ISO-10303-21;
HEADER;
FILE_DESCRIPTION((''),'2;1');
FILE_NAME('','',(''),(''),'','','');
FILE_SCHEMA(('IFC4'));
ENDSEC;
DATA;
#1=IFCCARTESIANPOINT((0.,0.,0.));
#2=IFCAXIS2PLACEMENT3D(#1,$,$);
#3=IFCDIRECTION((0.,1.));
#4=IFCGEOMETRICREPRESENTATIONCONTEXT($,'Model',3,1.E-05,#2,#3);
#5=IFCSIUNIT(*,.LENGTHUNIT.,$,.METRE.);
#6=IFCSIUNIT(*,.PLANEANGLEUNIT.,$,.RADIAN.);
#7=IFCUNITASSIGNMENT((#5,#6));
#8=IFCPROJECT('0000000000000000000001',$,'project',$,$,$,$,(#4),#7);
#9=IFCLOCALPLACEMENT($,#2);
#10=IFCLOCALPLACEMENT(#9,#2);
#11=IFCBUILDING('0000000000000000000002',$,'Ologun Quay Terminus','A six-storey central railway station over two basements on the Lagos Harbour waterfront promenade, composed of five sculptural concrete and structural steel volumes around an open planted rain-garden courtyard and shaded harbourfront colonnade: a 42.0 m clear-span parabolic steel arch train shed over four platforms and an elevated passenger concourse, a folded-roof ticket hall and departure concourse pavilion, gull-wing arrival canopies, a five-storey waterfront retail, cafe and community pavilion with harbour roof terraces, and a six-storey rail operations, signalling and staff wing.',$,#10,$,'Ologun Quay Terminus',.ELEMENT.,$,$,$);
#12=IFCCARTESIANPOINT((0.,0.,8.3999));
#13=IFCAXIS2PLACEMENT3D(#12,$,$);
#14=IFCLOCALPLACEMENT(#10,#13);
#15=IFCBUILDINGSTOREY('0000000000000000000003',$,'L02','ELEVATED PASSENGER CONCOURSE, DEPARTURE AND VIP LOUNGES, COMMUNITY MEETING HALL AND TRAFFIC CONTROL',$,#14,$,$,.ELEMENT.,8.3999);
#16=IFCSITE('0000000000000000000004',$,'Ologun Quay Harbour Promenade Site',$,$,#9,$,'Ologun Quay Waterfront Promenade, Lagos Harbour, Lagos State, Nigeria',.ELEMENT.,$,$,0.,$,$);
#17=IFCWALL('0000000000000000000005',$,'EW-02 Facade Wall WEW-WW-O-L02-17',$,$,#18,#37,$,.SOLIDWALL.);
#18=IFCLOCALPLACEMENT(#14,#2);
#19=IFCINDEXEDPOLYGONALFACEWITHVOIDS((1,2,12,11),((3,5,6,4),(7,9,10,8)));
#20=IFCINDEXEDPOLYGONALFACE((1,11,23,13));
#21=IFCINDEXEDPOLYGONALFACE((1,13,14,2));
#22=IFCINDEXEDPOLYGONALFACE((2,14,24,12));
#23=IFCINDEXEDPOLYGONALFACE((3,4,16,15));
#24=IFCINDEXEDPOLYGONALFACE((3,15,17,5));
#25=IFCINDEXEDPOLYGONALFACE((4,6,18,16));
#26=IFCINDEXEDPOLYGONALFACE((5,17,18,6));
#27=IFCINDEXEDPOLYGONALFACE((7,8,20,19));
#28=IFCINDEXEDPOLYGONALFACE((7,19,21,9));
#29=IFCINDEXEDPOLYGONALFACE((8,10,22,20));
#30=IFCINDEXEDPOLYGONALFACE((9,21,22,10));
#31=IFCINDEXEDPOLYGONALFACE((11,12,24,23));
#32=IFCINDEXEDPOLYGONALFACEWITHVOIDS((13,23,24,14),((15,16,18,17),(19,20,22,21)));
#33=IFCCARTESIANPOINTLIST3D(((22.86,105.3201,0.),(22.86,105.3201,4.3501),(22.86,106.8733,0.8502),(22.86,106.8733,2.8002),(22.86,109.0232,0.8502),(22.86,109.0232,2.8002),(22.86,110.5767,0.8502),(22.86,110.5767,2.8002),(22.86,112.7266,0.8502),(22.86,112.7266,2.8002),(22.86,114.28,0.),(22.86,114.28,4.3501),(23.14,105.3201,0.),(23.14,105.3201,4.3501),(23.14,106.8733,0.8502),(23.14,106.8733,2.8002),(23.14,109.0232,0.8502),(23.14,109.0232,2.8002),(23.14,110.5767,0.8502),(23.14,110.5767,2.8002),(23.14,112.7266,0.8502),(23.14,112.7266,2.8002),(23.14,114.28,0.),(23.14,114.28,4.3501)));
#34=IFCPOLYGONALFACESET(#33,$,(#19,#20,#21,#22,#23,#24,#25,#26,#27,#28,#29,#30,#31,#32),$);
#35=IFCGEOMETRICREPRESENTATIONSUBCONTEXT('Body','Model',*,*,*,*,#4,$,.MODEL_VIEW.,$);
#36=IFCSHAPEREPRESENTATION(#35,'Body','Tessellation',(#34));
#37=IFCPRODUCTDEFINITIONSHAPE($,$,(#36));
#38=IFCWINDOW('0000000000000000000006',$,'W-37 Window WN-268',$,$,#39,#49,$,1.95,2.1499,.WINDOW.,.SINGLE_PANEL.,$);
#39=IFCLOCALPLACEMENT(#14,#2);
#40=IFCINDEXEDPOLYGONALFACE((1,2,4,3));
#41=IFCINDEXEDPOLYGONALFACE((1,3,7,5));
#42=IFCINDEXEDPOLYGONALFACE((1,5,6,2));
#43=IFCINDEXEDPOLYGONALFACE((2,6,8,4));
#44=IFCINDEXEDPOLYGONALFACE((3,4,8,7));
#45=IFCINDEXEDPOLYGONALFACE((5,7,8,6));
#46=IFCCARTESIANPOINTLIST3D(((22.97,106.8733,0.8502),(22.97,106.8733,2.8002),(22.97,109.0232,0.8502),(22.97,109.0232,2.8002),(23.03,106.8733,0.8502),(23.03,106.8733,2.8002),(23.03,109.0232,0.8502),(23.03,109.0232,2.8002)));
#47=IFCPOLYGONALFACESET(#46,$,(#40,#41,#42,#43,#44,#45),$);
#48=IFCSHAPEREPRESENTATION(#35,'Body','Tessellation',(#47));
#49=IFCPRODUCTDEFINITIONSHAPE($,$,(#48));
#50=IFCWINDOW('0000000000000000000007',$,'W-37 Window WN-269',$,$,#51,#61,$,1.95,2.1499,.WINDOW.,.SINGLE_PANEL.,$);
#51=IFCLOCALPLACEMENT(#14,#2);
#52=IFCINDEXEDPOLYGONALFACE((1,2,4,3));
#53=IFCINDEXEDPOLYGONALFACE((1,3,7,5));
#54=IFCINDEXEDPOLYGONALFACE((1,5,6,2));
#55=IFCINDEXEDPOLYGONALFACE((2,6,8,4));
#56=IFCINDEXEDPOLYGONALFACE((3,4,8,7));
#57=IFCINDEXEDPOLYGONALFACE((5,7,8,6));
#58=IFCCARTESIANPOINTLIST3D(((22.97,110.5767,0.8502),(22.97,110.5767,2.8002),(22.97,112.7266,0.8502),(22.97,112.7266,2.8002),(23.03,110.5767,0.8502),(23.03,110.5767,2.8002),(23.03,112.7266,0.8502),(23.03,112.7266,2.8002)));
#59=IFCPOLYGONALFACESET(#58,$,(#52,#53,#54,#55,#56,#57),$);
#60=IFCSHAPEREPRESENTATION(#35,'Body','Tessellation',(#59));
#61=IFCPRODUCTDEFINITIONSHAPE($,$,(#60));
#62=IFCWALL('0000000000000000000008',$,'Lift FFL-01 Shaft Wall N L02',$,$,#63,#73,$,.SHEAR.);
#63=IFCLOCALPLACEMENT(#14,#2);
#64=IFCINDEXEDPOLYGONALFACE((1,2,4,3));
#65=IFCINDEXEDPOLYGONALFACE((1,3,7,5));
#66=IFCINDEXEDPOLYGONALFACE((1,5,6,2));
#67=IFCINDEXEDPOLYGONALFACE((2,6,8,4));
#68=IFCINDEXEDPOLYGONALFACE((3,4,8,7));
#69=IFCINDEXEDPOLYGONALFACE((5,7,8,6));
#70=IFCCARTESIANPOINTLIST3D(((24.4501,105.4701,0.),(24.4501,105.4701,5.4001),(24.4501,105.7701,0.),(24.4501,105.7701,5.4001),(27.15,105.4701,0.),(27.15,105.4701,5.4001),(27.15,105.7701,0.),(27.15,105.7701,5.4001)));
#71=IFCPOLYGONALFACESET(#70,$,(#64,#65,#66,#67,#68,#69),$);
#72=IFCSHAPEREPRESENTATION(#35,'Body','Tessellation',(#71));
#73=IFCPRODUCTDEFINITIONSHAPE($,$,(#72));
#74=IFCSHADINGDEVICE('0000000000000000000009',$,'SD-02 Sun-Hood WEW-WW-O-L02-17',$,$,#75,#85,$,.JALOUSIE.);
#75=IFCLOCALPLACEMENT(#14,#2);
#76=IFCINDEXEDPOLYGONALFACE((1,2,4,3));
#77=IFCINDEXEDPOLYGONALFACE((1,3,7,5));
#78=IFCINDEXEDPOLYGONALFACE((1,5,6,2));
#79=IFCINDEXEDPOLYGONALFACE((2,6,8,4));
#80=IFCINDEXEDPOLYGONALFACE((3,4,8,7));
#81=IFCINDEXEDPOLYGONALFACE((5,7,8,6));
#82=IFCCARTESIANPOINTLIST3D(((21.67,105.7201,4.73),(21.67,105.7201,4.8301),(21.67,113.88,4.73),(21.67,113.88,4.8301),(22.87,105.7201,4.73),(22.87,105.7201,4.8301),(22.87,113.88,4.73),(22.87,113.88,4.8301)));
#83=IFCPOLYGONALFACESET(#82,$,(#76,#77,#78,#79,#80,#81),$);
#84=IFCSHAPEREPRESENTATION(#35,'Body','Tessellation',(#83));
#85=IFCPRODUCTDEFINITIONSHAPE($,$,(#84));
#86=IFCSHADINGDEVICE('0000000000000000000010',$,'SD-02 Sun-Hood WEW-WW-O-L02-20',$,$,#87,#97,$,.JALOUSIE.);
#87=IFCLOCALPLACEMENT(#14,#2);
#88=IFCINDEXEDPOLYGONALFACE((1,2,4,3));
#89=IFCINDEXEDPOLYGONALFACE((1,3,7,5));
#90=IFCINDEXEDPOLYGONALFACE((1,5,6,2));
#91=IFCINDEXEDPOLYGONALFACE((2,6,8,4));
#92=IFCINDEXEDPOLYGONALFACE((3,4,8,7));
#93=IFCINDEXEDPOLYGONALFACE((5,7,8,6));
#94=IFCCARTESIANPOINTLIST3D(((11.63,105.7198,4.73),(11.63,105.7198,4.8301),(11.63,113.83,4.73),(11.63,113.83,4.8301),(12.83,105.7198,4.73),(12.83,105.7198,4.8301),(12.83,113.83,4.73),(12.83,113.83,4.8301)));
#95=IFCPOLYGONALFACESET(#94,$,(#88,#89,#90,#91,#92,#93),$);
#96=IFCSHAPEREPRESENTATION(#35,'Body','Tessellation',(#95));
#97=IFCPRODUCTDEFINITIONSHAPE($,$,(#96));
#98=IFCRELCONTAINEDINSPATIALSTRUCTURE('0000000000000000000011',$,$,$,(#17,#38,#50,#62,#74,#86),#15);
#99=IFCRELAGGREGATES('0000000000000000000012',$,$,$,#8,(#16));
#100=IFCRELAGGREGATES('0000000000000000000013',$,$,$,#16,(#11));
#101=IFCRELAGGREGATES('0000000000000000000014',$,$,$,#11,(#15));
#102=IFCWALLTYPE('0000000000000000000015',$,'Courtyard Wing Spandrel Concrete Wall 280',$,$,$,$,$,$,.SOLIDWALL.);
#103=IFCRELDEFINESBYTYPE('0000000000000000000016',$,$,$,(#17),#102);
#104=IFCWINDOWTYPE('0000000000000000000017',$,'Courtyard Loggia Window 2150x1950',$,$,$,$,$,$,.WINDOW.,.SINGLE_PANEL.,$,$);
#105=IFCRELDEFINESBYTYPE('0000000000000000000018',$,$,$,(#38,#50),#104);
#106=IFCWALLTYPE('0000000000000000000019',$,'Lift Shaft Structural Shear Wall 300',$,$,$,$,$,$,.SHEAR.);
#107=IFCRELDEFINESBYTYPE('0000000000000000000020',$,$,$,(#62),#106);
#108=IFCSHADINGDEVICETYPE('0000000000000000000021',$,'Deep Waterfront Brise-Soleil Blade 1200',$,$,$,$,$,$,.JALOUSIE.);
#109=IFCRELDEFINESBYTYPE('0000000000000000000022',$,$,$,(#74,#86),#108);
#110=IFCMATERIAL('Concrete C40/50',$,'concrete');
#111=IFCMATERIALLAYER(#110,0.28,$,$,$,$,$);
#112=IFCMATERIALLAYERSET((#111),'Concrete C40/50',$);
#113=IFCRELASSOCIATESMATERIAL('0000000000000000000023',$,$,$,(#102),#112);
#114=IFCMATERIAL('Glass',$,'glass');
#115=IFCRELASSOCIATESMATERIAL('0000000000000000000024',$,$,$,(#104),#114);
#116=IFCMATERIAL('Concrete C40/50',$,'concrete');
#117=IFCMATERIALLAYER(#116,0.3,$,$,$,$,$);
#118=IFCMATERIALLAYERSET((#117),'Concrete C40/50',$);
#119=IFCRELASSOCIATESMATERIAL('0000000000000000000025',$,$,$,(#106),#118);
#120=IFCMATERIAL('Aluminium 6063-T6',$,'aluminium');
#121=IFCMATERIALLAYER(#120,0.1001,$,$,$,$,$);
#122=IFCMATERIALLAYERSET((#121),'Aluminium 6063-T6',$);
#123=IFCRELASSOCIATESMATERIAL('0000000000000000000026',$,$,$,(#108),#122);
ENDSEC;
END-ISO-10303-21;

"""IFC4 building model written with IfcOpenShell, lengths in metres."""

from ifc_helpers import new_model, si_unit, direction, frame, frame_2d, origin, origin_2d, place, context, subcontext, project, spatial, rectangle, extrude, material, layer, layer_set, type_object, element, fill, save


model = new_model("IFC4")

# Units and contexts
model_context = context("Model", 3, precision=1e-05, world=origin(), true_north=direction((0.0, 1.0)))
body_context = subcontext(model_context, "Body", "Model", "MODEL_VIEW")
ifc_project = project(units=[si_unit("LENGTHUNIT", "METRE"), si_unit("PLANEANGLEUNIT", "RADIAN")], contexts=[model_context])

# Site, building, storey
site_placement = place(None, origin())
site = spatial("IfcSite", under=ifc_project, at=site_placement, Name="Ologun Quay Harbour Promenade Site", LongName="Ologun Quay Waterfront Promenade, Lagos Harbour, Lagos State, Nigeria", CompositionType="ELEMENT", RefElevation=0.0)
building_placement = place(site_placement, origin())
building = spatial("IfcBuilding", under=site, at=building_placement, Name="Ologun Quay Terminus", Description="A six-storey central railway station over two basements on the Lagos Harbour waterfront promenade, composed of five sculptural concrete and structural steel volumes around an open planted rain-garden courtyard and shaded harbourfront colonnade: a 42.0 m clear-span parabolic steel arch train shed over four platforms and an elevated passenger concourse, a folded-roof ticket hall and departure concourse pavilion, gull-wing arrival canopies, a five-storey waterfront retail, cafe and community pavilion with harbour roof terraces, and a six-storey rail operations, signalling and staff wing.", LongName="Ologun Quay Terminus", CompositionType="ELEMENT")
storey_placement = place(building_placement, frame((0.0, 0.0, 8.3999)))
storey = spatial("IfcBuildingStorey", under=building, at=storey_placement, Name="L02", Description="ELEVATED PASSENGER CONCOURSE, DEPARTURE AND VIP LOUNGES, COMMUNITY MEETING HALL AND TRAFFIC CONTROL", CompositionType="ELEMENT", Elevation=8.3999)

# Wall, openings, windows
ifc_material_1 = material(Name="Concrete C40/50", Category="concrete")
ifc_layer_1 = layer(ifc_material_1, 0.28)
ifc_layer_set_1 = layer_set([ifc_layer_1], Name="Concrete C40/50")
wall_type_1 = type_object("IfcWallType", Name="Courtyard Wing Spandrel Concrete Wall 280", PredefinedType="SOLIDWALL", material=ifc_layer_set_1)
wall_1_placement = place(storey_placement, frame((23.0, 105.3201, 0.0), z_axis=(0.0, 0.0, 1.0), x_axis=(0.0, 1.0, 0.0)))
wall_1 = element("IfcWall", 1, at=wall_1_placement, inside=storey, type_object=wall_type_1, Name="EW-02 Facade Wall WEW-WW-O-L02-17", PredefinedType="SOLIDWALL", context=body_context, shape_type="SweptSolid", body=[
    extrude(rectangle(XDim=8.96, YDim=0.28, at=frame_2d((4.48, 0.0))), origin(), (0.0, 0.0, 1.0), 4.3501),
])
opening_1_placement = place(wall_1_placement, frame((1.5532, 0.0, 0.8501)))
opening_1 = element("IfcOpeningElement", 2, at=opening_1_placement, cuts=wall_1, PredefinedType="OPENING", context=body_context, shape_type="SweptSolid", body=[
    extrude(rectangle(XDim=2.1499, YDim=1.95, at=frame_2d((1.075, 0.9751))), frame((0.0, 0.1499, 0.0), z_axis=(0.0, -1.0, 0.0), x_axis=(1.0, 0.0, 0.0)), (0.0, 0.0, 1.0), 0.3),
])
opening_2_placement = place(wall_1_placement, frame((5.2566, 0.0, 0.8501)))
opening_2 = element("IfcOpeningElement", 3, at=opening_2_placement, cuts=wall_1, PredefinedType="OPENING", context=body_context, shape_type="SweptSolid", body=[
    extrude(rectangle(XDim=2.1499, YDim=1.95, at=frame_2d((1.075, 0.9751))), frame((0.0, 0.1499, 0.0), z_axis=(0.0, -1.0, 0.0), x_axis=(1.0, 0.0, 0.0)), (0.0, 0.0, 1.0), 0.3),
])
ifc_material_2 = material(Name="Glass", Category="glass")
window_type_1 = type_object("IfcWindowType", Name="Courtyard Loggia Window 2150x1950", PartitioningType="SINGLE_PANEL", PredefinedType="WINDOW", material=ifc_material_2)
window_1_placement = place(opening_1_placement, origin())
window_1 = element("IfcWindow", 4, at=window_1_placement, inside=storey, type_object=window_type_1, Name="W-37 Window WN-268", OverallHeight=1.95, OverallWidth=2.1499, PartitioningType="SINGLE_PANEL", PredefinedType="WINDOW", context=body_context, shape_type="SweptSolid", body=[
    extrude(rectangle(XDim=2.1499, YDim=1.95, at=frame_2d((1.075, 0.9751))), frame((0.0, 0.03, 0.0), z_axis=(0.0, -1.0, 0.0), x_axis=(1.0, 0.0, 0.0)), (0.0, 0.0, 1.0), 0.0601),
])
fill(opening_1, window_1)
window_2_placement = place(opening_2_placement, origin())
window_2 = element("IfcWindow", 5, at=window_2_placement, inside=storey, type_object=window_type_1, Name="W-37 Window WN-269", OverallHeight=1.95, OverallWidth=2.1499, PartitioningType="SINGLE_PANEL", PredefinedType="WINDOW", context=body_context, shape_type="SweptSolid", body=[
    extrude(rectangle(XDim=2.1499, YDim=1.95, at=frame_2d((1.075, 0.9751))), frame((0.0, 0.03, 0.0), z_axis=(0.0, -1.0, 0.0), x_axis=(1.0, 0.0, 0.0)), (0.0, 0.0, 1.0), 0.0601),
])
fill(opening_2, window_2)

# Wall
ifc_material_3 = material(Name="Concrete C40/50", Category="concrete")
ifc_layer_2 = layer(ifc_material_3, 0.3)
ifc_layer_set_2 = layer_set([ifc_layer_2], Name="Concrete C40/50")
wall_type_2 = type_object("IfcWallType", Name="Lift Shaft Structural Shear Wall 300", PredefinedType="SHEAR", material=ifc_layer_set_2)
wall_2_placement = place(storey_placement, frame((24.45, 105.6201, 0.0), z_axis=(0.0, 0.0, 1.0), x_axis=(1.0, 0.0, 0.0)))
element("IfcWall", 6, at=wall_2_placement, inside=storey, type_object=wall_type_2, Name="Lift FFL-01 Shaft Wall N L02", PredefinedType="SHEAR", context=body_context, shape_type="SweptSolid", body=[
    extrude(rectangle(XDim=2.7, YDim=0.3, at=frame_2d((1.3501, 0.0))), origin(), (0.0, 0.0, 1.0), 5.4001),
])

# Shading devices
ifc_material_4 = material(Name="Aluminium 6063-T6", Category="aluminium")
ifc_layer_3 = layer(ifc_material_4, 0.1001)
ifc_layer_set_3 = layer_set([ifc_layer_3], Name="Aluminium 6063-T6")
shading_device_type = type_object("IfcShadingDeviceType", Name="Deep Waterfront Brise-Soleil Blade 1200", PredefinedType="JALOUSIE", material=ifc_layer_set_3)
shading_device_1_placement = place(storey_placement, frame((22.27, 109.8, 4.73), z_axis=(0.0, 0.0, 1.0), x_axis=(1.0, 0.0, 0.0)))
element("IfcShadingDevice", 7, at=shading_device_1_placement, inside=storey, type_object=shading_device_type, Name="SD-02 Sun-Hood WEW-WW-O-L02-17", PredefinedType="JALOUSIE", context=body_context, shape_type="SweptSolid", body=[
    extrude(rectangle(XDim=1.2, YDim=8.1599, at=origin_2d()), origin(), (0.0, 0.0, 1.0), 0.1001),
])
shading_device_2_placement = place(storey_placement, frame((12.23, 109.7749, 4.73), z_axis=(0.0, 0.0, 1.0), x_axis=(1.0, 0.0, 0.0)))
element("IfcShadingDevice", 8, at=shading_device_2_placement, inside=storey, type_object=shading_device_type, Name="SD-02 Sun-Hood WEW-WW-O-L02-20", PredefinedType="JALOUSIE", context=body_context, shape_type="SweptSolid", body=[
    extrude(rectangle(XDim=1.2, YDim=8.1101, at=origin_2d()), origin(), (0.0, 0.0, 1.0), 0.1001),
])

save(model, "model.ifc")
